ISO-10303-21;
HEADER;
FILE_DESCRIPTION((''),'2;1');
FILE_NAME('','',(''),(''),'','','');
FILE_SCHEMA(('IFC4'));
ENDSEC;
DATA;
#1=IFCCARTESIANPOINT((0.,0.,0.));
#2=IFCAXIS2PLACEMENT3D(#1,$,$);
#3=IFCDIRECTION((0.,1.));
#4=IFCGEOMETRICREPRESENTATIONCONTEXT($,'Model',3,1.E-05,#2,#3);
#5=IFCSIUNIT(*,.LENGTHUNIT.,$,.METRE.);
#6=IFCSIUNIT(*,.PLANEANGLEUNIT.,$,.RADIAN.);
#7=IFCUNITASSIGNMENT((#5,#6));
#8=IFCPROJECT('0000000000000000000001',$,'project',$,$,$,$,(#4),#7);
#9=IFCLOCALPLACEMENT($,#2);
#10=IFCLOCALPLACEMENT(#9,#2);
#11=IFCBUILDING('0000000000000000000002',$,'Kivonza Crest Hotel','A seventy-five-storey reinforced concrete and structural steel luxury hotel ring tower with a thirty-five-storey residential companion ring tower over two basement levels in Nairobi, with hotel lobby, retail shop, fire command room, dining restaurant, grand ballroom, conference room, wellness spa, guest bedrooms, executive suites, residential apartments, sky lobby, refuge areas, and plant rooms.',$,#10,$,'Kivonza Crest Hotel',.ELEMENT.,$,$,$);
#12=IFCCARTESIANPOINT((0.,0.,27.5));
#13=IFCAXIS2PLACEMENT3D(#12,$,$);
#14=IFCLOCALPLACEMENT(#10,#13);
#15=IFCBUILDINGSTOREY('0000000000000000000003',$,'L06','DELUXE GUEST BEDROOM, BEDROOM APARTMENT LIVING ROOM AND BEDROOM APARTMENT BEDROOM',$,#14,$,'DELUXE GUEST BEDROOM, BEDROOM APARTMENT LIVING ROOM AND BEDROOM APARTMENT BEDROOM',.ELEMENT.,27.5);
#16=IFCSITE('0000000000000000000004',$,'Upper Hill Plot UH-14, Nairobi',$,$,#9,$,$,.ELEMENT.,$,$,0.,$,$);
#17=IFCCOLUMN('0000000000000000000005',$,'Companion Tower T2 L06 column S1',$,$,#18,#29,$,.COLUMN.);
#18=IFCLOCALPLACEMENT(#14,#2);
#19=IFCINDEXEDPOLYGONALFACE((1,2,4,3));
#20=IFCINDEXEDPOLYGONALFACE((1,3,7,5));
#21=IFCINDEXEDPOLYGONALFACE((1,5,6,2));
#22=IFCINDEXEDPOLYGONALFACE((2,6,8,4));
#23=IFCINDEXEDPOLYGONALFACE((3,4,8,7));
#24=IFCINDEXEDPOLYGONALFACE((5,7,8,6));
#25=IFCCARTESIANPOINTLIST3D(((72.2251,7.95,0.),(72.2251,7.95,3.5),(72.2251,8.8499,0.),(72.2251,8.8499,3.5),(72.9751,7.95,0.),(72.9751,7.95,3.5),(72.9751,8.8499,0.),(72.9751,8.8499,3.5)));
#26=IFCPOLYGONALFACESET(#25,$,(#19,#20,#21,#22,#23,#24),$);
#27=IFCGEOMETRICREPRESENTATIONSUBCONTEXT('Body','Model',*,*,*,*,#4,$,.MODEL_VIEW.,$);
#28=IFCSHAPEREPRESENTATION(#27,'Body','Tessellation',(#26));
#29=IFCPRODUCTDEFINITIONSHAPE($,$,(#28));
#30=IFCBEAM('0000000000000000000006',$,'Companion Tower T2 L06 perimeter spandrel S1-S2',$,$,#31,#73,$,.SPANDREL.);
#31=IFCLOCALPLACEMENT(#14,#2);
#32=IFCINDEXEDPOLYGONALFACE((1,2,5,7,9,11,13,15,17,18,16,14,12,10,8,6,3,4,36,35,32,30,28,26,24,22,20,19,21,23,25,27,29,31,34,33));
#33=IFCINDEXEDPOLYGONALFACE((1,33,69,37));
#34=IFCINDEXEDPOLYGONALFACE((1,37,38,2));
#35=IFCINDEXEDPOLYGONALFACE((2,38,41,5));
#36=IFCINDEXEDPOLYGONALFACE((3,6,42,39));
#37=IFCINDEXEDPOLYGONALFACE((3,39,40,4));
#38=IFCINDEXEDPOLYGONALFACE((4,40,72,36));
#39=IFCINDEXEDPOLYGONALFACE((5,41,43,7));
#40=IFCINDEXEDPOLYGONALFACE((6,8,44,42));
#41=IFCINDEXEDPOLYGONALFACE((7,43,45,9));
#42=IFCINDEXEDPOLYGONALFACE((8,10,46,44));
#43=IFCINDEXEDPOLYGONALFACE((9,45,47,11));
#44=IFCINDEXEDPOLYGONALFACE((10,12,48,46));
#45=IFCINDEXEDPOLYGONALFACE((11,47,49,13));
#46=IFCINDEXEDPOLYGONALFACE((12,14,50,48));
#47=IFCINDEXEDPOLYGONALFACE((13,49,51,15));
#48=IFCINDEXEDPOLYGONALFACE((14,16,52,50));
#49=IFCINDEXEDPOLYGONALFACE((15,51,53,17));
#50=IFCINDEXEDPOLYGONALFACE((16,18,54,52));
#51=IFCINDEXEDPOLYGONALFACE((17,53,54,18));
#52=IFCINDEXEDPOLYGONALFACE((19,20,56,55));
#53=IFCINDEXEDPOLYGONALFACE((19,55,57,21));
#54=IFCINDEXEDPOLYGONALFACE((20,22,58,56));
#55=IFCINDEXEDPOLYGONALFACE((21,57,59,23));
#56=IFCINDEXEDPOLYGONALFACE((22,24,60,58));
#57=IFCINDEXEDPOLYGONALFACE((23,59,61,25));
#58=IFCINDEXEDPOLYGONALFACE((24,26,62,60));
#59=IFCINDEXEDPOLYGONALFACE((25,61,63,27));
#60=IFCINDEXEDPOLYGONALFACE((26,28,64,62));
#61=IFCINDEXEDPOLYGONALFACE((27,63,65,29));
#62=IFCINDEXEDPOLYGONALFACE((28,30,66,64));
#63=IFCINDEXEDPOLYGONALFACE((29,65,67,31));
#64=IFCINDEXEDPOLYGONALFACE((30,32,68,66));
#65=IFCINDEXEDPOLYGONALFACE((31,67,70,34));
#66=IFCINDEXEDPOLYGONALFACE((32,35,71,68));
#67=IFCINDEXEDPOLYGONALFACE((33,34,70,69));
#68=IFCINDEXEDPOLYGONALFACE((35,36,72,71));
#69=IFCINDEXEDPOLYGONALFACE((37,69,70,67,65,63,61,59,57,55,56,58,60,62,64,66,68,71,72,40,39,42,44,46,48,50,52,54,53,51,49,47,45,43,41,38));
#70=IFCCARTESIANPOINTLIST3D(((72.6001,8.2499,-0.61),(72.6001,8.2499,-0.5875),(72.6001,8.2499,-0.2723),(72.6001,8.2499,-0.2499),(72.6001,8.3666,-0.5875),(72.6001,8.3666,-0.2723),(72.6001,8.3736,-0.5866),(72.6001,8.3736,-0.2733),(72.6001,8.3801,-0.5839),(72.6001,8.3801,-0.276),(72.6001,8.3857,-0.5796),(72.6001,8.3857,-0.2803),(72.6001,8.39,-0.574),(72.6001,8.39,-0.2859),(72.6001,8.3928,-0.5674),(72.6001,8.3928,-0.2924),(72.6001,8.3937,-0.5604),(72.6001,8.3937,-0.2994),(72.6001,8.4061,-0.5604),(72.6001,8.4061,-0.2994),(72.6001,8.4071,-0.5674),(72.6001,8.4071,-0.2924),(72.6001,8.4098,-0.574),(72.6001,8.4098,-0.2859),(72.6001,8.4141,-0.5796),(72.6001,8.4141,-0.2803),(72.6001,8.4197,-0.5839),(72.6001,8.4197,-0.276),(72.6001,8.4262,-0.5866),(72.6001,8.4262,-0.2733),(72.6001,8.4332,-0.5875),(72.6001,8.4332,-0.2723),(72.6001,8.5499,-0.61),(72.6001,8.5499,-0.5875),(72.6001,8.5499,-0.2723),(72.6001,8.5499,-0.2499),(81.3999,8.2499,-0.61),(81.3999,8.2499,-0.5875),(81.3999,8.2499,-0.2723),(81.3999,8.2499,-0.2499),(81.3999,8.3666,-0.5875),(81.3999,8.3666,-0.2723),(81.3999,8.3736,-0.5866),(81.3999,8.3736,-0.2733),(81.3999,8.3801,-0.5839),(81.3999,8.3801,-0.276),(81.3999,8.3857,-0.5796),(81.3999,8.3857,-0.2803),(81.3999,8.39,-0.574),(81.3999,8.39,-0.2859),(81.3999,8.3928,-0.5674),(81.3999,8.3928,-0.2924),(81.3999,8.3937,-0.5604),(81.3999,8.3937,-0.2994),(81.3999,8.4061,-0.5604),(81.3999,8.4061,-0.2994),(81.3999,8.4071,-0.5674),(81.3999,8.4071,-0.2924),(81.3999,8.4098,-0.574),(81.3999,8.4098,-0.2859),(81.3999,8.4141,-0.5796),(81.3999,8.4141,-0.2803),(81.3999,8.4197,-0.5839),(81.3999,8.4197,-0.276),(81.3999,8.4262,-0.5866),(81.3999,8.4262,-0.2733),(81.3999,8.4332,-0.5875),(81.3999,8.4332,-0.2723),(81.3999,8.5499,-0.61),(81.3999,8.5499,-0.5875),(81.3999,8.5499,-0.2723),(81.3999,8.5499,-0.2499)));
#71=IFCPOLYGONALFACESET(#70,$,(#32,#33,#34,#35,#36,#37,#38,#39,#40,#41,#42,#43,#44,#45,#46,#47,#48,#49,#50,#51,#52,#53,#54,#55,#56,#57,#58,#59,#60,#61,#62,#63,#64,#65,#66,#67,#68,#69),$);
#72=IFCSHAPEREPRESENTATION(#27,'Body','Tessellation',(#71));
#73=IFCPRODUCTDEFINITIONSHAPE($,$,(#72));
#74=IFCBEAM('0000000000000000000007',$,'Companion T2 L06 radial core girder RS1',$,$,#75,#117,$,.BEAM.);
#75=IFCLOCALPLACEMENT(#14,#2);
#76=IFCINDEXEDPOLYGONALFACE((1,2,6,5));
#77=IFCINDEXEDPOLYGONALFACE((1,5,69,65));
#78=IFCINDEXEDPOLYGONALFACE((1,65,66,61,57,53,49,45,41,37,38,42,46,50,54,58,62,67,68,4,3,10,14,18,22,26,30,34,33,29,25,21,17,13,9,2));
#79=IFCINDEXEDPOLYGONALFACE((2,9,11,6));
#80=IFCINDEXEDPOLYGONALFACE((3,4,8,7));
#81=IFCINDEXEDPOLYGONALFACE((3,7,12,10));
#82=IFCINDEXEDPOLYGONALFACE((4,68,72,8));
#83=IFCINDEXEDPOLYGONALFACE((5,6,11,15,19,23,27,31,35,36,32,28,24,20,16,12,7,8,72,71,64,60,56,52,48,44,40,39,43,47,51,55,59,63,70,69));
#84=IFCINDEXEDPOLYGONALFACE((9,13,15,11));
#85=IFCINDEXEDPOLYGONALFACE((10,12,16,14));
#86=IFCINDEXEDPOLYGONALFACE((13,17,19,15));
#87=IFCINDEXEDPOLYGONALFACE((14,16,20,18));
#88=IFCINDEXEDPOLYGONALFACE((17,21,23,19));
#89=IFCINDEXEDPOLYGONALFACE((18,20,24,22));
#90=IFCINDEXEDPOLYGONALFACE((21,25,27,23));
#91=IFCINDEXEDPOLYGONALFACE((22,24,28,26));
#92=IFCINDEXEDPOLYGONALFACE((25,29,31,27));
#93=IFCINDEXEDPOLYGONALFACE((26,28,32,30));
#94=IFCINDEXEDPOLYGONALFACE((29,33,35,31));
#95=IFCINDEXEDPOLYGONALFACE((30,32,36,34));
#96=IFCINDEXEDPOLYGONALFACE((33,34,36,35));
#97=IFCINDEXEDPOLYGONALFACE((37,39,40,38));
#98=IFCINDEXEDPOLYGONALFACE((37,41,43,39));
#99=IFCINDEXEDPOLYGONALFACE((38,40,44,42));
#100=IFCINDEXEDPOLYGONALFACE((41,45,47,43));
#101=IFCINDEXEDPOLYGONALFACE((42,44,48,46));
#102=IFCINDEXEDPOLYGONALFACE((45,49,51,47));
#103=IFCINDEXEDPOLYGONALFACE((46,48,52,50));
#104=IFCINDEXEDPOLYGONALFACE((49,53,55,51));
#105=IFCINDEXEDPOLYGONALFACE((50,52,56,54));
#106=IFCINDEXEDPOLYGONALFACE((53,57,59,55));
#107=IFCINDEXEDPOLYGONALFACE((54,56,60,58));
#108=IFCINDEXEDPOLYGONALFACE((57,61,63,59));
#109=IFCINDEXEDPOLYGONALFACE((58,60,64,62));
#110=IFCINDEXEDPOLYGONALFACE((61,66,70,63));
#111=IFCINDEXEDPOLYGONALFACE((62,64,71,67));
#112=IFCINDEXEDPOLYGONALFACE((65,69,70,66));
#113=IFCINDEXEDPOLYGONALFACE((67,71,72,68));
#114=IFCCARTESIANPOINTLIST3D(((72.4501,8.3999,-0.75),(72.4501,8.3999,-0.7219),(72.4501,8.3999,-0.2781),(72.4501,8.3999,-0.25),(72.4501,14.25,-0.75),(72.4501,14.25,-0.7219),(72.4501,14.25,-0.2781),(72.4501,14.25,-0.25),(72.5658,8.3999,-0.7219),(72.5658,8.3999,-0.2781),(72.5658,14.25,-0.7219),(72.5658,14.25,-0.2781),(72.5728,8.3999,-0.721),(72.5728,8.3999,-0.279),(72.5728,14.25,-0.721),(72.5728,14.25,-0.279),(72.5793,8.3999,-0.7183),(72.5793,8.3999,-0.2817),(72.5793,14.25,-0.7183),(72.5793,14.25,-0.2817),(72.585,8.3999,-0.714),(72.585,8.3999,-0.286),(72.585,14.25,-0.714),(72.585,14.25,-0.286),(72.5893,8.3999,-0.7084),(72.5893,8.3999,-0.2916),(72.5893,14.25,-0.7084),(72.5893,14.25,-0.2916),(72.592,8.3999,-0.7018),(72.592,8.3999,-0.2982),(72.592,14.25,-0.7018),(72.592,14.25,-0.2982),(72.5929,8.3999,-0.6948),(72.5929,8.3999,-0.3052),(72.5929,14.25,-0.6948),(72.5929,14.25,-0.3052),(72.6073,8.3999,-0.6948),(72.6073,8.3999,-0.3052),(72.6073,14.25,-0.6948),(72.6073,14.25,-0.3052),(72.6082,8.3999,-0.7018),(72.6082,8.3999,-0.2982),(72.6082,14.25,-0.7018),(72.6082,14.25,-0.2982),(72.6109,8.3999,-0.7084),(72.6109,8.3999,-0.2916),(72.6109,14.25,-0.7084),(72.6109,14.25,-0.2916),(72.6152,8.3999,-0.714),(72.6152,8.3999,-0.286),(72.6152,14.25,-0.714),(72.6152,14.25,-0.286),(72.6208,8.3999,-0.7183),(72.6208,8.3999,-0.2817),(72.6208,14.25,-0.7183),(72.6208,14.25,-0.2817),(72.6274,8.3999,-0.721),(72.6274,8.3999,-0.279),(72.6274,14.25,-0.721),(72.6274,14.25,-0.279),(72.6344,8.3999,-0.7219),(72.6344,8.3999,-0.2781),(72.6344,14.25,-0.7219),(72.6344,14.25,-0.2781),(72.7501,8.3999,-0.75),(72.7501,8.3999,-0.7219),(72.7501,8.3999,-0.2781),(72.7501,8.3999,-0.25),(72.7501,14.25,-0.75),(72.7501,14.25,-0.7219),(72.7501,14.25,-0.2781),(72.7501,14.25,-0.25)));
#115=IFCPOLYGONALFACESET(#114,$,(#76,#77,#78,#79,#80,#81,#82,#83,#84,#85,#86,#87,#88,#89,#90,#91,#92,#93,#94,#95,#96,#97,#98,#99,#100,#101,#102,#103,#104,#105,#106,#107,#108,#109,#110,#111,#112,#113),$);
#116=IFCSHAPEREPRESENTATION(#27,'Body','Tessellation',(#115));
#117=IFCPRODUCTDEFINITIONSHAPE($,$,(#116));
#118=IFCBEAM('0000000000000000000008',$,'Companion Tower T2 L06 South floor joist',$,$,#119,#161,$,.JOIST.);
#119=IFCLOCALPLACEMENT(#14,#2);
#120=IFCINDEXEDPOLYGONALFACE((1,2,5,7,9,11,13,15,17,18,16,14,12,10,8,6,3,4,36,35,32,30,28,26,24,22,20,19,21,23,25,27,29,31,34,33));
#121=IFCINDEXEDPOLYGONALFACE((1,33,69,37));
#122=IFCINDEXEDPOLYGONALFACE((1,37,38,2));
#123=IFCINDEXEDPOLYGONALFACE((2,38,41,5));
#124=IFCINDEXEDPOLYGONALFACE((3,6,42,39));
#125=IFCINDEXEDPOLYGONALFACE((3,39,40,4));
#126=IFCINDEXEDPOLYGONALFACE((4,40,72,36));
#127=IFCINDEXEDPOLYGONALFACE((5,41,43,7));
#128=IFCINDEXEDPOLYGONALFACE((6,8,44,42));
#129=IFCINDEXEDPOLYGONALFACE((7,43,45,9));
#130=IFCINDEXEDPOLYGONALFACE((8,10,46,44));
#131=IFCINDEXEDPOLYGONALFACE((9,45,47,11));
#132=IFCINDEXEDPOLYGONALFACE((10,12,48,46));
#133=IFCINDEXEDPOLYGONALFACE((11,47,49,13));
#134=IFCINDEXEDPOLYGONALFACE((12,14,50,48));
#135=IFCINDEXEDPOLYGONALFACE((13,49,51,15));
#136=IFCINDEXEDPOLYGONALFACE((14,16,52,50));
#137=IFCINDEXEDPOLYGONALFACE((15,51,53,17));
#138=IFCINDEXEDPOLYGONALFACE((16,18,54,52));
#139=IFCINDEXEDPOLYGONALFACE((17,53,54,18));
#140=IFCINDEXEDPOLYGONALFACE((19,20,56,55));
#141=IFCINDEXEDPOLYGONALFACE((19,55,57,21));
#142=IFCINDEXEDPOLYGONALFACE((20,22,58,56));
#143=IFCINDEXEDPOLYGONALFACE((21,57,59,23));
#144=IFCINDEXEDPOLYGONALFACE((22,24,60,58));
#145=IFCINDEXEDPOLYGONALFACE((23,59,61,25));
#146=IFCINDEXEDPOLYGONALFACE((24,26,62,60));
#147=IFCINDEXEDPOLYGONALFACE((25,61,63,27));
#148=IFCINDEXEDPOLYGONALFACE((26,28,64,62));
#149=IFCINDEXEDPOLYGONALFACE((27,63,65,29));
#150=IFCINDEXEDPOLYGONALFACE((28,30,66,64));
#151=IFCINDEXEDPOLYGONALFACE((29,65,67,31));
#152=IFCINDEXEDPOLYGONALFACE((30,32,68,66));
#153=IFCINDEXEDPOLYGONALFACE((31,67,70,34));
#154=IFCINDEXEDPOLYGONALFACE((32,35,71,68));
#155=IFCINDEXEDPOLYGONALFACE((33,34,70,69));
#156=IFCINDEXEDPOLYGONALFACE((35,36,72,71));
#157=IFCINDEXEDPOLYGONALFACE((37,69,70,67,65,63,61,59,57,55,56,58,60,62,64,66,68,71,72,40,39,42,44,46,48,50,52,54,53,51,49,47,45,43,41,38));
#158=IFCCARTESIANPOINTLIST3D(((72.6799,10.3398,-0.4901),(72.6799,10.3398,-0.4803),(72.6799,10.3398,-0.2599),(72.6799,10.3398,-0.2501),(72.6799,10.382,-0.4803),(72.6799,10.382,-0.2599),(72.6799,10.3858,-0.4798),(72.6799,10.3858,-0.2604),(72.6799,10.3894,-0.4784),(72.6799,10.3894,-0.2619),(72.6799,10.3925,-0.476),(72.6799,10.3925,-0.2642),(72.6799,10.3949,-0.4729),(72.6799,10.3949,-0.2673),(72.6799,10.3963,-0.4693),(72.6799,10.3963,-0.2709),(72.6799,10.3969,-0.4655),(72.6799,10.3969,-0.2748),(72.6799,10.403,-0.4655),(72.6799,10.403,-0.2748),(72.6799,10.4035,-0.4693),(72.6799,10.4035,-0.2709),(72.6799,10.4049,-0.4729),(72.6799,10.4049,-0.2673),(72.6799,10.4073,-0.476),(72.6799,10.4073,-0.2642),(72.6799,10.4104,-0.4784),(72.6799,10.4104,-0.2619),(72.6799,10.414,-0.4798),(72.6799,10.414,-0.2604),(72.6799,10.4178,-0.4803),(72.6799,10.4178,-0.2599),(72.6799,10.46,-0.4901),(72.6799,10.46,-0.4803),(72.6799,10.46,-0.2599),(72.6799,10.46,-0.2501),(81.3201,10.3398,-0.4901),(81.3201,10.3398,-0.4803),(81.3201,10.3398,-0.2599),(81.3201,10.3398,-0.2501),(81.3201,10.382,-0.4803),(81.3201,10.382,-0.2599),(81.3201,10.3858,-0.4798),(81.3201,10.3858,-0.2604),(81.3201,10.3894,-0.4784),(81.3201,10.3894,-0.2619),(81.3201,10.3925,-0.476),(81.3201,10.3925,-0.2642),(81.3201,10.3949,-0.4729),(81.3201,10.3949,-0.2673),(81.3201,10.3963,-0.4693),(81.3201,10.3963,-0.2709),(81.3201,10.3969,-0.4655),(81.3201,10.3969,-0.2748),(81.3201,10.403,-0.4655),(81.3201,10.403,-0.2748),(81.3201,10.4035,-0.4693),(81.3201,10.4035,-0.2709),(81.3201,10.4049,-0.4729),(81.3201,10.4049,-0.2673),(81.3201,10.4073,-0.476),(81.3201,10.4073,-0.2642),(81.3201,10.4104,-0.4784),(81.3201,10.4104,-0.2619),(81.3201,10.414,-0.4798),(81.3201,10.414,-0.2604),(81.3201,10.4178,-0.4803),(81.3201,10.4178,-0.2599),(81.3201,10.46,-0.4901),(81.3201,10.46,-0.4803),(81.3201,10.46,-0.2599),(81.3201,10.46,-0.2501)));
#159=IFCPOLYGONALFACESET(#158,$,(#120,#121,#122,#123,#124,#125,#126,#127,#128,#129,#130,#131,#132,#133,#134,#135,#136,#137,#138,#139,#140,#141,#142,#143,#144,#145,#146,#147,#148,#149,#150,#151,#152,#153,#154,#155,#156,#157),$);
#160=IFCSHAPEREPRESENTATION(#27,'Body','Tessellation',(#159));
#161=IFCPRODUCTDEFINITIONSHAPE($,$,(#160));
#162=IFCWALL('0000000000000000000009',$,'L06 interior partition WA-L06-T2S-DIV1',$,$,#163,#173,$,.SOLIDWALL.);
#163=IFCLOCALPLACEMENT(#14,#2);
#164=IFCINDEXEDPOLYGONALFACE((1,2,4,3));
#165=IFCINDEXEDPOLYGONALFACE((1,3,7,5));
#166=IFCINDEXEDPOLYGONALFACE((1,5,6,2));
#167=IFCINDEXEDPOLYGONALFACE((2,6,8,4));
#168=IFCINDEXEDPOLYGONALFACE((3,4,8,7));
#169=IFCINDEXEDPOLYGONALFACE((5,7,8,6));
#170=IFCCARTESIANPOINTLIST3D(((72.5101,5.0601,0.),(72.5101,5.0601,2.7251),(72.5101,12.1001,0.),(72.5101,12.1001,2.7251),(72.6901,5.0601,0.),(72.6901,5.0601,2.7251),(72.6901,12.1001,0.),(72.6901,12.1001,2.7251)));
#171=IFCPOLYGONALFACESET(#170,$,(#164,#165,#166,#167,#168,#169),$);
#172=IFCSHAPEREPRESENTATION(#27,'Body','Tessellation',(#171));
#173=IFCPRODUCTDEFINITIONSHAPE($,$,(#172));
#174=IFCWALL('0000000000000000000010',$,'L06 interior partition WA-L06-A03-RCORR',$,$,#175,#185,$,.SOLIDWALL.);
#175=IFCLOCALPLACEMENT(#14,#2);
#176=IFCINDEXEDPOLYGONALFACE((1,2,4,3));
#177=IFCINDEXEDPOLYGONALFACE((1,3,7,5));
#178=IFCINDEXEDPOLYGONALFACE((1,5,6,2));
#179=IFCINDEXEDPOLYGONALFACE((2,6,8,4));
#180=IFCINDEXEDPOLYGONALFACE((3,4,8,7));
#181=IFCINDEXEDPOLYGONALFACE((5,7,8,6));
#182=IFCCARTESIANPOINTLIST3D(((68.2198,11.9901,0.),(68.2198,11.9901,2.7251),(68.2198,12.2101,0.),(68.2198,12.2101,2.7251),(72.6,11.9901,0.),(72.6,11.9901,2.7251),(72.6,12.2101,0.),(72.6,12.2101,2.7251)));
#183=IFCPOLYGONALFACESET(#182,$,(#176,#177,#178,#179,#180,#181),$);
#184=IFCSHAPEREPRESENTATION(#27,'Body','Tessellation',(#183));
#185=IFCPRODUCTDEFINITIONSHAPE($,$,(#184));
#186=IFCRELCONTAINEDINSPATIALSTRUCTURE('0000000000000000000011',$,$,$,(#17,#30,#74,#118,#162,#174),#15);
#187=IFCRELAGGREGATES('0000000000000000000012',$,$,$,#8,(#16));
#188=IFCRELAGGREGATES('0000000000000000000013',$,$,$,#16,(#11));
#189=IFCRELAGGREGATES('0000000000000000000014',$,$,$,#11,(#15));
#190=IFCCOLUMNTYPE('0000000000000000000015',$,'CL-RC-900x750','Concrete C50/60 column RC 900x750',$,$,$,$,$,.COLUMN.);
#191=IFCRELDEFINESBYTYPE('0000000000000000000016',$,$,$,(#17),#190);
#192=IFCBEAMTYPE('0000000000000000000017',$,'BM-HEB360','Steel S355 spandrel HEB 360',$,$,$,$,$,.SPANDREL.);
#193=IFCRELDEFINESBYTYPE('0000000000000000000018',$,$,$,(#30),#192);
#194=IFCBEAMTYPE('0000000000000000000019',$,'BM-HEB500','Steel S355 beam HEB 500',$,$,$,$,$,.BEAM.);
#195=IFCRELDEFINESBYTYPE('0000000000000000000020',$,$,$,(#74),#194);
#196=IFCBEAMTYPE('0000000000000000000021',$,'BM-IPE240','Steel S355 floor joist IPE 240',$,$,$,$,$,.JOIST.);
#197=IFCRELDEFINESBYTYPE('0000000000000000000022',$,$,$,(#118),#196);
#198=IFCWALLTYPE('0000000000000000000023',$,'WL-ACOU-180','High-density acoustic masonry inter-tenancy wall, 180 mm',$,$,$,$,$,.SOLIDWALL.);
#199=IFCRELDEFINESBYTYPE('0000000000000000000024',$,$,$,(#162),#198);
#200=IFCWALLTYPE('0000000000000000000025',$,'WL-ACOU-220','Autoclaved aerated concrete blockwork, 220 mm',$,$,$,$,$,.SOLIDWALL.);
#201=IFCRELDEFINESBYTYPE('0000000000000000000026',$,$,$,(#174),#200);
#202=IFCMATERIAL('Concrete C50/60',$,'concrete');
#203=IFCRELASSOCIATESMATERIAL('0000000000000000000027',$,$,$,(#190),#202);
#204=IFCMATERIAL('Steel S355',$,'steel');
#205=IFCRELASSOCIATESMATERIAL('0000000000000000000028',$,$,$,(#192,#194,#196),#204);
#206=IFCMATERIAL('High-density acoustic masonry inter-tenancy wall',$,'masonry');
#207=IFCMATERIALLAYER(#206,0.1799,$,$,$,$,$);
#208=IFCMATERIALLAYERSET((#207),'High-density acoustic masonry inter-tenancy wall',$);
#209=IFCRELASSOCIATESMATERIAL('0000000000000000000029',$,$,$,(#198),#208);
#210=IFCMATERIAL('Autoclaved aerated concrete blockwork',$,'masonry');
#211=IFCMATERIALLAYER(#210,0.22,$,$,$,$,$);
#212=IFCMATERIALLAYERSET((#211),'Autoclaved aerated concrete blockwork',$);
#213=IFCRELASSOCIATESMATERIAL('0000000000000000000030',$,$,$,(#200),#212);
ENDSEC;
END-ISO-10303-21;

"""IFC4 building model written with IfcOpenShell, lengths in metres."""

from ifc_helpers import new_model, si_unit, direction, frame, frame_2d, origin, origin_2d, place, context, subcontext, project, spatial, rectangle, i_section, extrude, material, layer, layer_set, material_profile, profile_set, type_object, element, save


model = new_model("IFC4")

# Units and contexts
model_context = context("Model", 3, precision=1e-05, world=origin(), true_north=direction((0.0, 1.0)))
body_context = subcontext(model_context, "Body", "Model", "MODEL_VIEW")
ifc_project = project(units=[si_unit("LENGTHUNIT", "METRE"), si_unit("PLANEANGLEUNIT", "RADIAN")], contexts=[model_context])

# Site, building, storey
site_placement = place(None, origin())
site = spatial("IfcSite", under=ifc_project, at=site_placement, Name="Upper Hill Plot UH-14, Nairobi", CompositionType="ELEMENT", RefElevation=0.0)
building_placement = place(site_placement, origin())
building = spatial("IfcBuilding", under=site, at=building_placement, Name="Kivonza Crest Hotel", Description="A seventy-five-storey reinforced concrete and structural steel luxury hotel ring tower with a thirty-five-storey residential companion ring tower over two basement levels in Nairobi, with hotel lobby, retail shop, fire command room, dining restaurant, grand ballroom, conference room, wellness spa, guest bedrooms, executive suites, residential apartments, sky lobby, refuge areas, and plant rooms.", LongName="Kivonza Crest Hotel", CompositionType="ELEMENT")
storey_placement = place(building_placement, frame((0.0, 0.0, 27.5)))
storey = spatial("IfcBuildingStorey", under=building, at=storey_placement, Name="L06", Description="DELUXE GUEST BEDROOM, BEDROOM APARTMENT LIVING ROOM AND BEDROOM APARTMENT BEDROOM", LongName="DELUXE GUEST BEDROOM, BEDROOM APARTMENT LIVING ROOM AND BEDROOM APARTMENT BEDROOM", CompositionType="ELEMENT", Elevation=27.5)

# Column
ifc_material_1 = material(Name="Concrete C50/60", Category="concrete")
ifc_material_profile_1 = material_profile(ifc_material_1, rectangle(XDim=0.75, YDim=0.8999, at=origin_2d()), Name="RC 900x750")
ifc_profile_set_1 = profile_set([ifc_material_profile_1], Name="Concrete C50/60")
column_type = type_object("IfcColumnType", Name="CL-RC-900x750", Description="Concrete C50/60 column RC 900x750", PredefinedType="COLUMN", material=ifc_profile_set_1)
column_placement = place(storey_placement, frame((72.6001, 8.3999, 0.0), z_axis=(0.0, 0.0, 1.0), x_axis=(1.0, 0.0, 0.0)))
element("IfcColumn", 1, at=column_placement, inside=storey, type_object=column_type, Name="Companion Tower T2 L06 column S1", PredefinedType="COLUMN", context=body_context, shape_type="SweptSolid", body=[
    extrude(rectangle(XDim=0.75, YDim=0.8999, at=origin_2d()), origin(), (0.0, 0.0, 1.0), 3.5),
])

# Beams
ifc_material_2 = material(Name="Steel S355", Category="steel")
ifc_material_profile_2 = material_profile(ifc_material_2, i_section(OverallWidth=0.3, OverallDepth=0.3601, WebThickness=0.0125, FlangeThickness=0.0225, FilletRadius=0.0271, at=origin_2d()), Name="HEB 360")
ifc_profile_set_2 = profile_set([ifc_material_profile_2], Name="Steel S355")
beam_type_1 = type_object("IfcBeamType", Name="BM-HEB360", Description="Steel S355 spandrel HEB 360", PredefinedType="SPANDREL", material=ifc_profile_set_2)
beam_1_placement = place(storey_placement, frame((72.6001, 8.3999, -0.4299), z_axis=(1.0, 0.0, 0.0), x_axis=(0.0, 1.0, 0.0)))
element("IfcBeam", 2, at=beam_1_placement, inside=storey, type_object=beam_type_1, Name="Companion Tower T2 L06 perimeter spandrel S1-S2", PredefinedType="SPANDREL", context=body_context, shape_type="SweptSolid", body=[
    extrude(i_section(OverallWidth=0.3, OverallDepth=0.3601, WebThickness=0.0125, FlangeThickness=0.0225, FilletRadius=0.0271, at=origin_2d()), origin(), (0.0, 0.0, 1.0), 8.7998),
])
ifc_material_profile_3 = material_profile(ifc_material_2, i_section(OverallWidth=0.3, OverallDepth=0.5, WebThickness=0.0144, FlangeThickness=0.0281, FilletRadius=0.0271, at=origin_2d()), Name="HEB 500")
ifc_profile_set_3 = profile_set([ifc_material_profile_3], Name="Steel S355")
beam_type_2 = type_object("IfcBeamType", Name="BM-HEB500", Description="Steel S355 beam HEB 500", PredefinedType="BEAM", material=ifc_profile_set_3)
beam_2_placement = place(storey_placement, frame((72.6001, 8.3999, -0.5), z_axis=(0.0, 1.0, 0.0), x_axis=(-1.0, 0.0, 0.0)))
element("IfcBeam", 3, at=beam_2_placement, inside=storey, type_object=beam_type_2, Name="Companion T2 L06 radial core girder RS1", PredefinedType="BEAM", context=body_context, shape_type="SweptSolid", body=[
    extrude(i_section(OverallWidth=0.3, OverallDepth=0.5, WebThickness=0.0144, FlangeThickness=0.0281, FilletRadius=0.0271, at=origin_2d()), origin(), (0.0, 0.0, 1.0), 5.8501),
])
ifc_material_profile_4 = material_profile(ifc_material_2, i_section(OverallWidth=0.1201, OverallDepth=0.24, WebThickness=0.0061, FlangeThickness=0.0098, FilletRadius=0.0149, at=origin_2d()), Name="IPE 240")
ifc_profile_set_4 = profile_set([ifc_material_profile_4], Name="Steel S355")
beam_type_3 = type_object("IfcBeamType", Name="BM-IPE240", Description="Steel S355 floor joist IPE 240", PredefinedType="JOIST", material=ifc_profile_set_4)
beam_3_placement = place(storey_placement, frame((72.6799, 10.3999, -0.3701), z_axis=(1.0, 0.0, 0.0), x_axis=(0.0, 1.0, 0.0)))
element("IfcBeam", 4, at=beam_3_placement, inside=storey, type_object=beam_type_3, Name="Companion Tower T2 L06 South floor joist", PredefinedType="JOIST", context=body_context, shape_type="SweptSolid", body=[
    extrude(i_section(OverallWidth=0.1201, OverallDepth=0.24, WebThickness=0.0061, FlangeThickness=0.0098, FilletRadius=0.0149, at=origin_2d()), origin(), (0.0, 0.0, 1.0), 8.6401),
])

# Walls
ifc_material_3 = material(Name="High-density acoustic masonry inter-tenancy wall", Category="masonry")
ifc_layer_1 = layer(ifc_material_3, 0.1799)
ifc_layer_set_1 = layer_set([ifc_layer_1], Name="High-density acoustic masonry inter-tenancy wall")
wall_type_1 = type_object("IfcWallType", Name="WL-ACOU-180", Description="High-density acoustic masonry inter-tenancy wall, 180 mm", PredefinedType="SOLIDWALL", material=ifc_layer_set_1)
wall_1_placement = place(storey_placement, frame((72.6001, 5.0601, 0.0), z_axis=(0.0, 0.0, 1.0), x_axis=(0.0, 1.0, 0.0)))
element("IfcWall", 5, at=wall_1_placement, inside=storey, type_object=wall_type_1, Name="L06 interior partition WA-L06-T2S-DIV1", PredefinedType="SOLIDWALL", context=body_context, shape_type="SweptSolid", body=[
    extrude(rectangle(XDim=7.04, YDim=0.1799, at=frame_2d((3.52, 0.0))), origin(), (0.0, 0.0, 1.0), 2.7251),
])
ifc_material_4 = material(Name="Autoclaved aerated concrete blockwork", Category="masonry")
ifc_layer_2 = layer(ifc_material_4, 0.22)
ifc_layer_set_2 = layer_set([ifc_layer_2], Name="Autoclaved aerated concrete blockwork")
wall_type_2 = type_object("IfcWallType", Name="WL-ACOU-220", Description="Autoclaved aerated concrete blockwork, 220 mm", PredefinedType="SOLIDWALL", material=ifc_layer_set_2)
wall_2_placement = place(storey_placement, frame((68.22, 12.1001, 0.0), z_axis=(0.0, 0.0, 1.0), x_axis=(1.0, 0.0, 0.0)))
element("IfcWall", 6, at=wall_2_placement, inside=storey, type_object=wall_type_2, Name="L06 interior partition WA-L06-A03-RCORR", PredefinedType="SOLIDWALL", context=body_context, shape_type="SweptSolid", body=[
    extrude(rectangle(XDim=4.3801, YDim=0.22, at=frame_2d((2.1899, 0.0))), origin(), (0.0, 0.0, 1.0), 2.7251),
])

save(model, "model.ifc")
